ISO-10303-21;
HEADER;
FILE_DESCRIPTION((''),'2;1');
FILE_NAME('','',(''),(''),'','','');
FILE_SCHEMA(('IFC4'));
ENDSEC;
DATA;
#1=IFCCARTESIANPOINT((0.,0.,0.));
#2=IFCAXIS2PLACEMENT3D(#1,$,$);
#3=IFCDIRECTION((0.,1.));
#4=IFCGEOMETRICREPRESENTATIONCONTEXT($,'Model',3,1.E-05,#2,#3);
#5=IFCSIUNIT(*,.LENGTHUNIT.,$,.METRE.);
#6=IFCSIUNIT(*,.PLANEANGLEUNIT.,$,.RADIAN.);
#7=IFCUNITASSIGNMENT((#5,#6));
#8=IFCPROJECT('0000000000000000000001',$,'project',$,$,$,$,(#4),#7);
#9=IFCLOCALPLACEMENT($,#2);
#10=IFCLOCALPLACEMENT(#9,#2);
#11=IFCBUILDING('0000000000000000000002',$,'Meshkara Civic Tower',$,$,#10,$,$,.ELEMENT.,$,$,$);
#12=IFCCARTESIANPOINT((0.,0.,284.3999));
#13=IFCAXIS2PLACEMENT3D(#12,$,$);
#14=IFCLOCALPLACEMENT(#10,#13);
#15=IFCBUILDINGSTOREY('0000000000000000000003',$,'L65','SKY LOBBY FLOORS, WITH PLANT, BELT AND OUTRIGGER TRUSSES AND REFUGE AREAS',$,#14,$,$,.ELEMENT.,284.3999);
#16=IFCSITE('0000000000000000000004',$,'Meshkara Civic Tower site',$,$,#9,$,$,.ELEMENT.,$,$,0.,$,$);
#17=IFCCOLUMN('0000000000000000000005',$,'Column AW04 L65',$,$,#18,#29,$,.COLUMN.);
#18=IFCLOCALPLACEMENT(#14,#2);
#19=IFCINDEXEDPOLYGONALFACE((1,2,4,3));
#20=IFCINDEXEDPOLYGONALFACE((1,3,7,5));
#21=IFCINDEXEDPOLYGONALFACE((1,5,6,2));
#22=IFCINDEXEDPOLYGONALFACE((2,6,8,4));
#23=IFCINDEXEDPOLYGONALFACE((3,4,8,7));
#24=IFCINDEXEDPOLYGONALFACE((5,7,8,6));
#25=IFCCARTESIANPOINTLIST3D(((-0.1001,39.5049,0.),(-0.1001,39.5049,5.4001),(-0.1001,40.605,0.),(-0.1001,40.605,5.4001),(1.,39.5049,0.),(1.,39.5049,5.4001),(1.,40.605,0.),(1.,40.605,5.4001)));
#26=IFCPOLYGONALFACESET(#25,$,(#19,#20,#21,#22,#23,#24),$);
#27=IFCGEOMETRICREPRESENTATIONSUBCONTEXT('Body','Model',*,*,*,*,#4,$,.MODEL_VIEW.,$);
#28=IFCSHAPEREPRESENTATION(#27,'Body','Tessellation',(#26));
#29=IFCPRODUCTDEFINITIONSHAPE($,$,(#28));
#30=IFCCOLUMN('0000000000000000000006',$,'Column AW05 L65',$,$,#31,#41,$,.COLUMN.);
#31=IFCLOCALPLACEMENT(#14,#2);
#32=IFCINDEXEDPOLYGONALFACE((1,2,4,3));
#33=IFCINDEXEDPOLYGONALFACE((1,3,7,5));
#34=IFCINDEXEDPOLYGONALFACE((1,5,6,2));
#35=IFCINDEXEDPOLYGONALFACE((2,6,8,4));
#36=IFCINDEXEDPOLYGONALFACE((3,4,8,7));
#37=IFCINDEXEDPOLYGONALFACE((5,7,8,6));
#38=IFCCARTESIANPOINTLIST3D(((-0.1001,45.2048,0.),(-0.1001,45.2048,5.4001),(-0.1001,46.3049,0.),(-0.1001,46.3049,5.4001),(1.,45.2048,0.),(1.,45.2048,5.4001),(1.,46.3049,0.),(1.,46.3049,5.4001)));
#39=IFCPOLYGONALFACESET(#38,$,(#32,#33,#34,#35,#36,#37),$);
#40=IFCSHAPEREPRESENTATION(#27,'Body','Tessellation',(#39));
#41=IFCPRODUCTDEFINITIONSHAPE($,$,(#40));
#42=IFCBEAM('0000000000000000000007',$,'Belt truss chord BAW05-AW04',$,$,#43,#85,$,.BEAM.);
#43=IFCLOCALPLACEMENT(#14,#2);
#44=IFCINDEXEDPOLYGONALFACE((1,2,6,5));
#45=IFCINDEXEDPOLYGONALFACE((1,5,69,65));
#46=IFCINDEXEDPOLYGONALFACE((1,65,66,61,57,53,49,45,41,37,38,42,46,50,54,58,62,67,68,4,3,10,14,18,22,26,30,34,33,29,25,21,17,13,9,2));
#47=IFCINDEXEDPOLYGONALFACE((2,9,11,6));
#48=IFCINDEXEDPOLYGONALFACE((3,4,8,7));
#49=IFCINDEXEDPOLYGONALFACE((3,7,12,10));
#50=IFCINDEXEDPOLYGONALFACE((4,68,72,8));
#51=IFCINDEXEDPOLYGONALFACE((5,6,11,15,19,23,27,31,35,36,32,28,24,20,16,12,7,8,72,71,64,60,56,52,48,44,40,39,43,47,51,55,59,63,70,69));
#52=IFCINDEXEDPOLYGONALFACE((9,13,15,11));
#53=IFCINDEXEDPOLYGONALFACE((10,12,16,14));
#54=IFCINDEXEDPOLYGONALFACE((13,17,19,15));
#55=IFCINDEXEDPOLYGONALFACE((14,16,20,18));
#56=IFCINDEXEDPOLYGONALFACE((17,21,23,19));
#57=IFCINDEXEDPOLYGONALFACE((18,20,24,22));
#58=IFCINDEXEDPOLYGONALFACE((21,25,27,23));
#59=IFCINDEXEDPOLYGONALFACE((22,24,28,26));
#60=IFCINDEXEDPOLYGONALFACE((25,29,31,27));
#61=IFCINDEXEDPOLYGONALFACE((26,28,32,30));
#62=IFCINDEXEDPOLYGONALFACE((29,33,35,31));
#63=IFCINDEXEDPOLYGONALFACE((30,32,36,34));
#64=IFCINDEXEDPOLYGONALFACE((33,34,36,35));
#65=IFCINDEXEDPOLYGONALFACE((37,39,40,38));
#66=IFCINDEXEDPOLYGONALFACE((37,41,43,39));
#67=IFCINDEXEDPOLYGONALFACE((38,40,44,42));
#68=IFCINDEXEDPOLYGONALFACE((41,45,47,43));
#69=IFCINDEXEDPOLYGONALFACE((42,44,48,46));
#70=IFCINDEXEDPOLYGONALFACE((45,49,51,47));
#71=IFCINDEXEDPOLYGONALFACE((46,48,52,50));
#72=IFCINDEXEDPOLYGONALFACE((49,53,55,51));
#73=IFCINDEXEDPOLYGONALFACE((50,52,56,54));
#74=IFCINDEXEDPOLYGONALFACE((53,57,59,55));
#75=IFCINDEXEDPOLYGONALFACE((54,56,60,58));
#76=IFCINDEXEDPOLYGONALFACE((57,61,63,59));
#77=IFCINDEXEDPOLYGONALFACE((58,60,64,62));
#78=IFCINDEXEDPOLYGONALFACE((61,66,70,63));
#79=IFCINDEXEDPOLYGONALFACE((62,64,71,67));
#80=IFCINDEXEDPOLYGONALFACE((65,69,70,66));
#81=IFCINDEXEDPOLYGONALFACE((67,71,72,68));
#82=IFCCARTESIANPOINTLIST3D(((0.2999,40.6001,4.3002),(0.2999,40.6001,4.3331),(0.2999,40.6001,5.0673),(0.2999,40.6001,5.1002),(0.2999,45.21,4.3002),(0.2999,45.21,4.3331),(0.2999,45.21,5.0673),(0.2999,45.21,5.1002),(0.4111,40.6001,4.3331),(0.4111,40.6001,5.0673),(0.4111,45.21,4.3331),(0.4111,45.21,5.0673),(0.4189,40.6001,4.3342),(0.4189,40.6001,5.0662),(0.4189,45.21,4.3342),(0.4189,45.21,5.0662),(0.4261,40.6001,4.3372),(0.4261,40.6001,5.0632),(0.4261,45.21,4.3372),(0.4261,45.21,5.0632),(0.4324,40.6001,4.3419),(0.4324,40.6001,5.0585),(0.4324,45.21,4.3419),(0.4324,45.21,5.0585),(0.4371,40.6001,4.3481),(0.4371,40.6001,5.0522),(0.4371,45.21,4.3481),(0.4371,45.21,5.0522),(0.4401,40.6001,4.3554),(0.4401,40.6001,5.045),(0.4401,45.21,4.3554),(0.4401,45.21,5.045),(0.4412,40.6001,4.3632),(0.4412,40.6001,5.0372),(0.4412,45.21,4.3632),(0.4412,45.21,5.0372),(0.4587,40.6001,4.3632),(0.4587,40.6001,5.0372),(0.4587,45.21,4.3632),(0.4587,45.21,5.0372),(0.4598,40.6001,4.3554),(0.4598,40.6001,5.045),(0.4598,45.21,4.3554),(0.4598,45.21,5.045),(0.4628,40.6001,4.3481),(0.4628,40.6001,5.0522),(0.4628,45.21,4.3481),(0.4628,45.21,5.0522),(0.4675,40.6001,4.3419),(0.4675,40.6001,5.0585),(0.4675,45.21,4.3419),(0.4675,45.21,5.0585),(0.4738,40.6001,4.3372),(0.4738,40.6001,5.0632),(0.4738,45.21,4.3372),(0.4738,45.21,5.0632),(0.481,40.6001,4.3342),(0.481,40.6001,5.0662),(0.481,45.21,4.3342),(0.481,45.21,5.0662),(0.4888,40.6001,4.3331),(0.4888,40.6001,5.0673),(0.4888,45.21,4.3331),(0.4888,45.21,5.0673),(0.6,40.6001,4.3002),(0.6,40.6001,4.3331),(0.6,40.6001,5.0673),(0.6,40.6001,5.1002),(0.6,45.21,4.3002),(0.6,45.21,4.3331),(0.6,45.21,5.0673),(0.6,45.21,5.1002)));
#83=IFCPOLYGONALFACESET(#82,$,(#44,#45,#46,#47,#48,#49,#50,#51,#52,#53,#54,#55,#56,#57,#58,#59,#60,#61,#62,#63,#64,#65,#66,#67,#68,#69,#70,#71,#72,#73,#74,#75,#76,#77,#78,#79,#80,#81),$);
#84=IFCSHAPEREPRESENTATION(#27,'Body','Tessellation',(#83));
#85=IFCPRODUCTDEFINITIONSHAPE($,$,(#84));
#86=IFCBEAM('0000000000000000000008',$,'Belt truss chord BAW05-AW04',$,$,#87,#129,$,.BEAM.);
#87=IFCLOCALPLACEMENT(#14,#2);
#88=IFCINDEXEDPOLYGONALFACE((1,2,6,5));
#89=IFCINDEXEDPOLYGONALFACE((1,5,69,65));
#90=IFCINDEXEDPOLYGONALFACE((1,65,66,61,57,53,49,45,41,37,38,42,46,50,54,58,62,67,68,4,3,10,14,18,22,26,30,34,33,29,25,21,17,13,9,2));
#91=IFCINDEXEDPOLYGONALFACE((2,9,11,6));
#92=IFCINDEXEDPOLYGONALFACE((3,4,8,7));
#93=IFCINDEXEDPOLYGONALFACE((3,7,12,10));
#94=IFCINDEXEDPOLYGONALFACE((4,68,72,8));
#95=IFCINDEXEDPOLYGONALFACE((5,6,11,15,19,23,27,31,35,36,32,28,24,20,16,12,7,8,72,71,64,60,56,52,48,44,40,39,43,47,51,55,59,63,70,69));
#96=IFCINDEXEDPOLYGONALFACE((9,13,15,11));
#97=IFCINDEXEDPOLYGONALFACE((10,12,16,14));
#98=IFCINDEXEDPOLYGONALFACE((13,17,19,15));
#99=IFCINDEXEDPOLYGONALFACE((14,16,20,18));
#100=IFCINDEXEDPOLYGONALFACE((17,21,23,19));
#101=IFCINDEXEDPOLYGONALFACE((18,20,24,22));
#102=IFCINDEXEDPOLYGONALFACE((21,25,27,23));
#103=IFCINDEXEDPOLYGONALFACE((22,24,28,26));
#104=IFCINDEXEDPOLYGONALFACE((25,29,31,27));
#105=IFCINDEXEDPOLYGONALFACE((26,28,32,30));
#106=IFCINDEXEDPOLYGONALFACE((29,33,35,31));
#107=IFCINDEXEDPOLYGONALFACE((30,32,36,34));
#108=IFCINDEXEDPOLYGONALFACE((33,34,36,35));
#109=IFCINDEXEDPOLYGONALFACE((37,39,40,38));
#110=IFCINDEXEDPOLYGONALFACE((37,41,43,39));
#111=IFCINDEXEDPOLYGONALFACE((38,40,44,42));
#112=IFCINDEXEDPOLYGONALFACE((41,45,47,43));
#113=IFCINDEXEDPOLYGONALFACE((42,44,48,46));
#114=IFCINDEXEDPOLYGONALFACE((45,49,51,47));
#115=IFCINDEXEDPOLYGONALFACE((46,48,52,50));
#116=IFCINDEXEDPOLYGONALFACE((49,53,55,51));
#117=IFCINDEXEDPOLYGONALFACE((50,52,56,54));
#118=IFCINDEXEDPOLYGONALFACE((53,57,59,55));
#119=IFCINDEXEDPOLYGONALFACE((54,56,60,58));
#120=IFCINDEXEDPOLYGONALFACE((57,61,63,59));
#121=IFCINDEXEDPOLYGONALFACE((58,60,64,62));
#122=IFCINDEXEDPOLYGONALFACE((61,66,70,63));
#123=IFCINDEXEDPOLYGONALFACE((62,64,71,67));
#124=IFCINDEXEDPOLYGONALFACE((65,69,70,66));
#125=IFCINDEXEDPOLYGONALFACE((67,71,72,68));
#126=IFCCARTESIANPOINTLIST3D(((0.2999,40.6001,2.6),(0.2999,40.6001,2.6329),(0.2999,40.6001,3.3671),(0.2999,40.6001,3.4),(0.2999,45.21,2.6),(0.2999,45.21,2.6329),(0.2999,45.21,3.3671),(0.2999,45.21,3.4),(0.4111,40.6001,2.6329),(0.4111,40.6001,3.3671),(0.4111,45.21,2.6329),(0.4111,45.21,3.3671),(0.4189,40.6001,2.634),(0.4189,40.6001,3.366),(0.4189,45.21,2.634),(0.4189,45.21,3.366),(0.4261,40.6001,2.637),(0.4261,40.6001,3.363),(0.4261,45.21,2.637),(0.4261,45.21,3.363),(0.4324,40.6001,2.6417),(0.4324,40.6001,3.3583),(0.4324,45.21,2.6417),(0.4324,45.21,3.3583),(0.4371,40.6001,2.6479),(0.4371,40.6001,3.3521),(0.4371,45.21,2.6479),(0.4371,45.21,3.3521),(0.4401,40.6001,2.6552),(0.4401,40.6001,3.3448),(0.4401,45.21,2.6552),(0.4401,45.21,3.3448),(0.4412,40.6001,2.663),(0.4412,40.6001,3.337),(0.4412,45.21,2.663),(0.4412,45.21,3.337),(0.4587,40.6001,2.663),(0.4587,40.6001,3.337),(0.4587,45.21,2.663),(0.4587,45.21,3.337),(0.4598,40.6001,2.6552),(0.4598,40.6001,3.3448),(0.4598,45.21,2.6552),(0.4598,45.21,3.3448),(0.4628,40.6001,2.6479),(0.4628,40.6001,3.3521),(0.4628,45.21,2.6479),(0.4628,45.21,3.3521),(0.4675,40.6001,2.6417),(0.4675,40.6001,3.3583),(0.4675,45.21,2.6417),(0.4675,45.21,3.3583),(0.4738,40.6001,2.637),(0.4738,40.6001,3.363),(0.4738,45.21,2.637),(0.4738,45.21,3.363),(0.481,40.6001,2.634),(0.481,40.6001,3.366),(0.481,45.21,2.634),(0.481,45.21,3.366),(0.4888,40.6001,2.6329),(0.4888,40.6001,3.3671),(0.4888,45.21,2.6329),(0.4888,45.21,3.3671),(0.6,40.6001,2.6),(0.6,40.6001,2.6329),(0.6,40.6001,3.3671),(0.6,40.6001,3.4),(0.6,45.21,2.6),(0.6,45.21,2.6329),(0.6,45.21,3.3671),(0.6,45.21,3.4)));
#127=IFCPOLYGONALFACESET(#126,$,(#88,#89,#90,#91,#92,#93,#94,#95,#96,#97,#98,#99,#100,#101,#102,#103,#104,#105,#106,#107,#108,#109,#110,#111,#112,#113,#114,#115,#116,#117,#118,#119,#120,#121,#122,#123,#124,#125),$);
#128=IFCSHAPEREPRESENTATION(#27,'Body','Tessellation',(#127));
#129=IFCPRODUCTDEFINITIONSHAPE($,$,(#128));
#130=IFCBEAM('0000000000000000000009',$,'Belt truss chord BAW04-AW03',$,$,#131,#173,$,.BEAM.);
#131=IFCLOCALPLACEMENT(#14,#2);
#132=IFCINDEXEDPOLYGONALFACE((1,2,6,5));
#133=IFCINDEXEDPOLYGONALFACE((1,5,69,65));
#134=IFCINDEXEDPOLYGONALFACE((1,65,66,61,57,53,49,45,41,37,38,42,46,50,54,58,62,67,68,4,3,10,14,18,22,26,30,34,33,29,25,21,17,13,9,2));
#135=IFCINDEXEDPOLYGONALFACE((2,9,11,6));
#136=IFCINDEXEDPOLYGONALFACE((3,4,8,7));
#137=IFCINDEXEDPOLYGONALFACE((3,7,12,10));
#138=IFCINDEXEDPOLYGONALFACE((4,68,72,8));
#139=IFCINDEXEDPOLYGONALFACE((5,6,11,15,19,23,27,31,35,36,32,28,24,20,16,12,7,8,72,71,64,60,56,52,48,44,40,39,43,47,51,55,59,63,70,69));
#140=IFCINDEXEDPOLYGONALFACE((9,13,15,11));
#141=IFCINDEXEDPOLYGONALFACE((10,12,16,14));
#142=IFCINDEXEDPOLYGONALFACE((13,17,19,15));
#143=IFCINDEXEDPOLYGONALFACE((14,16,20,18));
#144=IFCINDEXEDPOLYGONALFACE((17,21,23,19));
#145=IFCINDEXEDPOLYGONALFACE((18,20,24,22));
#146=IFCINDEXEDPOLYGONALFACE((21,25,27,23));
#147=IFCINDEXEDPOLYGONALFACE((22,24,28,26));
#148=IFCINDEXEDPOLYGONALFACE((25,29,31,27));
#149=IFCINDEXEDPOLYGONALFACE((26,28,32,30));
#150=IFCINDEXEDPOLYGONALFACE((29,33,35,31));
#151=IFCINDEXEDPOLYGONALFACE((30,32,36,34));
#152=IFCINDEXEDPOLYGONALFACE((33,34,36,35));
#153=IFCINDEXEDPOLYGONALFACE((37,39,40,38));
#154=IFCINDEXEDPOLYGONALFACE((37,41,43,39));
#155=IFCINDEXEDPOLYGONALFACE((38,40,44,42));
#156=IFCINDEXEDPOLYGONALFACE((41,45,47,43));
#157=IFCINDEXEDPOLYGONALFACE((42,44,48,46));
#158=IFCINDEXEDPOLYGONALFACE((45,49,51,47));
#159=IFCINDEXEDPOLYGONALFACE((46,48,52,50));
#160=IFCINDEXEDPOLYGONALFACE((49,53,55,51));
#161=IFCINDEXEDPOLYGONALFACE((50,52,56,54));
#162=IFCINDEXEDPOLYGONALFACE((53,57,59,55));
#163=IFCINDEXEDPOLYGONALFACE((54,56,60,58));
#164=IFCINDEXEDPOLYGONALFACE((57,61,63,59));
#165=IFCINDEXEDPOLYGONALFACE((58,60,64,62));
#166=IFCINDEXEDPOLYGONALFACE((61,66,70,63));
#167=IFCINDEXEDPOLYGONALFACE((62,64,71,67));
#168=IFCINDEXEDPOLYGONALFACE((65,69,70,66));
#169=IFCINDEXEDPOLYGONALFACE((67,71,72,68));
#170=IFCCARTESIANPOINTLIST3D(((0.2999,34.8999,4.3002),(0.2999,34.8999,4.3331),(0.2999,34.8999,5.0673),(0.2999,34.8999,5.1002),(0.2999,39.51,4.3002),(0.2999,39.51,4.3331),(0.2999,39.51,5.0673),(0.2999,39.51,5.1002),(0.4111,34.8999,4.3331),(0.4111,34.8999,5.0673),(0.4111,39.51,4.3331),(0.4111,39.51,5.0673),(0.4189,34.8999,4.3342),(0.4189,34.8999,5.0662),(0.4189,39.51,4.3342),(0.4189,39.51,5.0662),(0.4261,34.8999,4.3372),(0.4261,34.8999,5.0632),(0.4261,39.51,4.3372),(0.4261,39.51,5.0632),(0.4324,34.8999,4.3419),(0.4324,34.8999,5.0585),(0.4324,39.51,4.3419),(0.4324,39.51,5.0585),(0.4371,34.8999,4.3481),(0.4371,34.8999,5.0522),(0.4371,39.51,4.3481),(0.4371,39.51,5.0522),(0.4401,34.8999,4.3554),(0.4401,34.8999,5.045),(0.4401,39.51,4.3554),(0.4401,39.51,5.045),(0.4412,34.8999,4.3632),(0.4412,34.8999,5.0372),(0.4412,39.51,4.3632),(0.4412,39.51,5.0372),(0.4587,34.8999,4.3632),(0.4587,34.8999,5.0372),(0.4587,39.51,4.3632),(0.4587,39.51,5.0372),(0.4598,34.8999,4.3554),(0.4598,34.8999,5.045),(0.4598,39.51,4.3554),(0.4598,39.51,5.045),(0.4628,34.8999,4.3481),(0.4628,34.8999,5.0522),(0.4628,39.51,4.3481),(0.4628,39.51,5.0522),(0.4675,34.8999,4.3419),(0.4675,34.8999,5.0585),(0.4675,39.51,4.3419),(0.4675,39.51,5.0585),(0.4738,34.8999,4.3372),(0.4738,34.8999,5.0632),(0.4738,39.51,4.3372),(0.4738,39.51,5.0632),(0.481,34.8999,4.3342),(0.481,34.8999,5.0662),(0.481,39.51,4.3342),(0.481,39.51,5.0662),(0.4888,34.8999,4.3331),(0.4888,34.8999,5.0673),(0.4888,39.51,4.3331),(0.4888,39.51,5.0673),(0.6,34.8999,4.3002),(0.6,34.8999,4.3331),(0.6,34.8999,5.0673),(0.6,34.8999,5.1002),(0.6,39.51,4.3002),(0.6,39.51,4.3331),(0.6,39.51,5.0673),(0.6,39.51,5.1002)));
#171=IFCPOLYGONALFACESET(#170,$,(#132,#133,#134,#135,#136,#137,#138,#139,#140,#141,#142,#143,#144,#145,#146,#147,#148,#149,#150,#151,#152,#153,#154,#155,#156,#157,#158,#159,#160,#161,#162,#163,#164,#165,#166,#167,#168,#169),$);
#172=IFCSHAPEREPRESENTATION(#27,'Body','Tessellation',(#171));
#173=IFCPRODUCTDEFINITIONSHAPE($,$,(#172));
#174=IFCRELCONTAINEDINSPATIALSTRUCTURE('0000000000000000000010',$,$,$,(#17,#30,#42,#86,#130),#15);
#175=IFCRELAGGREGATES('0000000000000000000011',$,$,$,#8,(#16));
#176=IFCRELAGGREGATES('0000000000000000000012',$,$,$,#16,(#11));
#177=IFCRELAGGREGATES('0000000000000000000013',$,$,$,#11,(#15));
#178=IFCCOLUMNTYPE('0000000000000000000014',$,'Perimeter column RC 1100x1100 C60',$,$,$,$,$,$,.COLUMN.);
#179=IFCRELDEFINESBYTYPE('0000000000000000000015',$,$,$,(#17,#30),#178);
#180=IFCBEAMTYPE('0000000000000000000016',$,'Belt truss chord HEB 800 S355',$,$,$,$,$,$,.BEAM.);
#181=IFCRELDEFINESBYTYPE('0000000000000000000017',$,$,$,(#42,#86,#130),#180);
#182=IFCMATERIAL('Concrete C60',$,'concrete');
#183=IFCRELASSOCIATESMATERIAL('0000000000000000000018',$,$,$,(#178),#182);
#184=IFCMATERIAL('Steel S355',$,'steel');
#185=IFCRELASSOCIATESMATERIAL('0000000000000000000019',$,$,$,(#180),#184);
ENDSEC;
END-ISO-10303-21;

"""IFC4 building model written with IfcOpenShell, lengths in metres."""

from ifc_helpers import new_model, si_unit, direction, frame, origin, origin_2d, place, context, subcontext, project, spatial, rectangle, i_section, extrude, material, material_profile, profile_set, type_object, element, save


model = new_model("IFC4")

# Units and contexts
model_context = context("Model", 3, precision=1e-05, world=origin(), true_north=direction((0.0, 1.0)))
body_context = subcontext(model_context, "Body", "Model", "MODEL_VIEW")
ifc_project = project(units=[si_unit("LENGTHUNIT", "METRE"), si_unit("PLANEANGLEUNIT", "RADIAN")], contexts=[model_context])

# Site, building, storey
site_placement = place(None, origin())
site = spatial("IfcSite", under=ifc_project, at=site_placement, Name="Meshkara Civic Tower site", CompositionType="ELEMENT", RefElevation=0.0)
building_placement = place(site_placement, origin())
building = spatial("IfcBuilding", under=site, at=building_placement, Name="Meshkara Civic Tower", CompositionType="ELEMENT")
storey_placement = place(building_placement, frame((0.0, 0.0, 284.3999)))
storey = spatial("IfcBuildingStorey", under=building, at=storey_placement, Name="L65", Description="SKY LOBBY FLOORS, WITH PLANT, BELT AND OUTRIGGER TRUSSES AND REFUGE AREAS", CompositionType="ELEMENT", Elevation=284.3999)

# Columns
ifc_material_1 = material(Name="Concrete C60", Category="concrete")
ifc_material_profile_1 = material_profile(ifc_material_1, rectangle(XDim=1.1001, YDim=1.1001, at=origin_2d()))
ifc_profile_set_1 = profile_set([ifc_material_profile_1], Name="Concrete C60")
column_type = type_object("IfcColumnType", Name="Perimeter column RC 1100x1100 C60", PredefinedType="COLUMN", material=ifc_profile_set_1)
for number, where, z_axis, x_axis, name in (
    (1, (0.45, 40.0549, 0.0), (0.0, 0.0, 1.0), (1.0, 0.0, 0.0), "Column AW04 L65"),
    (2, (0.45, 45.7549, 0.0), (0.0, 0.0, 1.0), (1.0, 0.0, 0.0), "Column AW05 L65"),
):
    element("IfcColumn", number, at=place(storey_placement, frame(where, z_axis=z_axis, x_axis=x_axis)), inside=storey, type_object=column_type, Name=name, PredefinedType="COLUMN", context=body_context, shape_type="SweptSolid", body=[
        extrude(rectangle(XDim=1.1001, YDim=1.1001, at=origin_2d()), origin(), (0.0, 0.0, 1.0), 5.4001),
    ])

# Beams
ifc_material_2 = material(Name="Steel S355", Category="steel")
ifc_material_profile_2 = material_profile(ifc_material_2, i_section(OverallWidth=0.3, OverallDepth=0.8, WebThickness=0.0176, FlangeThickness=0.033, FilletRadius=0.03, at=origin_2d()))
ifc_profile_set_2 = profile_set([ifc_material_profile_2], Name="Steel S355")
beam_type = type_object("IfcBeamType", Name="Belt truss chord HEB 800 S355", PredefinedType="BEAM", material=ifc_profile_set_2)
for number, where, z_axis, x_axis, name in (
    (3, (0.45, 45.21, 4.7002), (0.0, -1.0, 0.0), (1.0, 0.0, 0.0), "Belt truss chord BAW05-AW04"),
    (4, (0.45, 45.21, 3.0), (0.0, -1.0, 0.0), (1.0, 0.0, 0.0), "Belt truss chord BAW05-AW04"),
):
    element("IfcBeam", number, at=place(storey_placement, frame(where, z_axis=z_axis, x_axis=x_axis)), inside=storey, type_object=beam_type, Name=name, PredefinedType="BEAM", context=body_context, shape_type="SweptSolid", body=[
        extrude(i_section(OverallWidth=0.3, OverallDepth=0.8, WebThickness=0.0176, FlangeThickness=0.033, FilletRadius=0.03, at=origin_2d()), origin(), (0.0, 0.0, 1.0), 4.6099),
    ])
for number, where, z_axis, x_axis, name in (
    (5, (0.45, 39.51, 4.7002), (0.0, -1.0, 0.0), (1.0, 0.0, 0.0), "Belt truss chord BAW04-AW03"),
):
    element("IfcBeam", number, at=place(storey_placement, frame(where, z_axis=z_axis, x_axis=x_axis)), inside=storey, type_object=beam_type, Name=name, PredefinedType="BEAM", context=body_context, shape_type="SweptSolid", body=[
        extrude(i_section(OverallWidth=0.3, OverallDepth=0.8, WebThickness=0.0176, FlangeThickness=0.033, FilletRadius=0.03, at=origin_2d()), origin(), (0.0, 0.0, 1.0), 4.6101),
    ])

save(model, "model.ifc")
